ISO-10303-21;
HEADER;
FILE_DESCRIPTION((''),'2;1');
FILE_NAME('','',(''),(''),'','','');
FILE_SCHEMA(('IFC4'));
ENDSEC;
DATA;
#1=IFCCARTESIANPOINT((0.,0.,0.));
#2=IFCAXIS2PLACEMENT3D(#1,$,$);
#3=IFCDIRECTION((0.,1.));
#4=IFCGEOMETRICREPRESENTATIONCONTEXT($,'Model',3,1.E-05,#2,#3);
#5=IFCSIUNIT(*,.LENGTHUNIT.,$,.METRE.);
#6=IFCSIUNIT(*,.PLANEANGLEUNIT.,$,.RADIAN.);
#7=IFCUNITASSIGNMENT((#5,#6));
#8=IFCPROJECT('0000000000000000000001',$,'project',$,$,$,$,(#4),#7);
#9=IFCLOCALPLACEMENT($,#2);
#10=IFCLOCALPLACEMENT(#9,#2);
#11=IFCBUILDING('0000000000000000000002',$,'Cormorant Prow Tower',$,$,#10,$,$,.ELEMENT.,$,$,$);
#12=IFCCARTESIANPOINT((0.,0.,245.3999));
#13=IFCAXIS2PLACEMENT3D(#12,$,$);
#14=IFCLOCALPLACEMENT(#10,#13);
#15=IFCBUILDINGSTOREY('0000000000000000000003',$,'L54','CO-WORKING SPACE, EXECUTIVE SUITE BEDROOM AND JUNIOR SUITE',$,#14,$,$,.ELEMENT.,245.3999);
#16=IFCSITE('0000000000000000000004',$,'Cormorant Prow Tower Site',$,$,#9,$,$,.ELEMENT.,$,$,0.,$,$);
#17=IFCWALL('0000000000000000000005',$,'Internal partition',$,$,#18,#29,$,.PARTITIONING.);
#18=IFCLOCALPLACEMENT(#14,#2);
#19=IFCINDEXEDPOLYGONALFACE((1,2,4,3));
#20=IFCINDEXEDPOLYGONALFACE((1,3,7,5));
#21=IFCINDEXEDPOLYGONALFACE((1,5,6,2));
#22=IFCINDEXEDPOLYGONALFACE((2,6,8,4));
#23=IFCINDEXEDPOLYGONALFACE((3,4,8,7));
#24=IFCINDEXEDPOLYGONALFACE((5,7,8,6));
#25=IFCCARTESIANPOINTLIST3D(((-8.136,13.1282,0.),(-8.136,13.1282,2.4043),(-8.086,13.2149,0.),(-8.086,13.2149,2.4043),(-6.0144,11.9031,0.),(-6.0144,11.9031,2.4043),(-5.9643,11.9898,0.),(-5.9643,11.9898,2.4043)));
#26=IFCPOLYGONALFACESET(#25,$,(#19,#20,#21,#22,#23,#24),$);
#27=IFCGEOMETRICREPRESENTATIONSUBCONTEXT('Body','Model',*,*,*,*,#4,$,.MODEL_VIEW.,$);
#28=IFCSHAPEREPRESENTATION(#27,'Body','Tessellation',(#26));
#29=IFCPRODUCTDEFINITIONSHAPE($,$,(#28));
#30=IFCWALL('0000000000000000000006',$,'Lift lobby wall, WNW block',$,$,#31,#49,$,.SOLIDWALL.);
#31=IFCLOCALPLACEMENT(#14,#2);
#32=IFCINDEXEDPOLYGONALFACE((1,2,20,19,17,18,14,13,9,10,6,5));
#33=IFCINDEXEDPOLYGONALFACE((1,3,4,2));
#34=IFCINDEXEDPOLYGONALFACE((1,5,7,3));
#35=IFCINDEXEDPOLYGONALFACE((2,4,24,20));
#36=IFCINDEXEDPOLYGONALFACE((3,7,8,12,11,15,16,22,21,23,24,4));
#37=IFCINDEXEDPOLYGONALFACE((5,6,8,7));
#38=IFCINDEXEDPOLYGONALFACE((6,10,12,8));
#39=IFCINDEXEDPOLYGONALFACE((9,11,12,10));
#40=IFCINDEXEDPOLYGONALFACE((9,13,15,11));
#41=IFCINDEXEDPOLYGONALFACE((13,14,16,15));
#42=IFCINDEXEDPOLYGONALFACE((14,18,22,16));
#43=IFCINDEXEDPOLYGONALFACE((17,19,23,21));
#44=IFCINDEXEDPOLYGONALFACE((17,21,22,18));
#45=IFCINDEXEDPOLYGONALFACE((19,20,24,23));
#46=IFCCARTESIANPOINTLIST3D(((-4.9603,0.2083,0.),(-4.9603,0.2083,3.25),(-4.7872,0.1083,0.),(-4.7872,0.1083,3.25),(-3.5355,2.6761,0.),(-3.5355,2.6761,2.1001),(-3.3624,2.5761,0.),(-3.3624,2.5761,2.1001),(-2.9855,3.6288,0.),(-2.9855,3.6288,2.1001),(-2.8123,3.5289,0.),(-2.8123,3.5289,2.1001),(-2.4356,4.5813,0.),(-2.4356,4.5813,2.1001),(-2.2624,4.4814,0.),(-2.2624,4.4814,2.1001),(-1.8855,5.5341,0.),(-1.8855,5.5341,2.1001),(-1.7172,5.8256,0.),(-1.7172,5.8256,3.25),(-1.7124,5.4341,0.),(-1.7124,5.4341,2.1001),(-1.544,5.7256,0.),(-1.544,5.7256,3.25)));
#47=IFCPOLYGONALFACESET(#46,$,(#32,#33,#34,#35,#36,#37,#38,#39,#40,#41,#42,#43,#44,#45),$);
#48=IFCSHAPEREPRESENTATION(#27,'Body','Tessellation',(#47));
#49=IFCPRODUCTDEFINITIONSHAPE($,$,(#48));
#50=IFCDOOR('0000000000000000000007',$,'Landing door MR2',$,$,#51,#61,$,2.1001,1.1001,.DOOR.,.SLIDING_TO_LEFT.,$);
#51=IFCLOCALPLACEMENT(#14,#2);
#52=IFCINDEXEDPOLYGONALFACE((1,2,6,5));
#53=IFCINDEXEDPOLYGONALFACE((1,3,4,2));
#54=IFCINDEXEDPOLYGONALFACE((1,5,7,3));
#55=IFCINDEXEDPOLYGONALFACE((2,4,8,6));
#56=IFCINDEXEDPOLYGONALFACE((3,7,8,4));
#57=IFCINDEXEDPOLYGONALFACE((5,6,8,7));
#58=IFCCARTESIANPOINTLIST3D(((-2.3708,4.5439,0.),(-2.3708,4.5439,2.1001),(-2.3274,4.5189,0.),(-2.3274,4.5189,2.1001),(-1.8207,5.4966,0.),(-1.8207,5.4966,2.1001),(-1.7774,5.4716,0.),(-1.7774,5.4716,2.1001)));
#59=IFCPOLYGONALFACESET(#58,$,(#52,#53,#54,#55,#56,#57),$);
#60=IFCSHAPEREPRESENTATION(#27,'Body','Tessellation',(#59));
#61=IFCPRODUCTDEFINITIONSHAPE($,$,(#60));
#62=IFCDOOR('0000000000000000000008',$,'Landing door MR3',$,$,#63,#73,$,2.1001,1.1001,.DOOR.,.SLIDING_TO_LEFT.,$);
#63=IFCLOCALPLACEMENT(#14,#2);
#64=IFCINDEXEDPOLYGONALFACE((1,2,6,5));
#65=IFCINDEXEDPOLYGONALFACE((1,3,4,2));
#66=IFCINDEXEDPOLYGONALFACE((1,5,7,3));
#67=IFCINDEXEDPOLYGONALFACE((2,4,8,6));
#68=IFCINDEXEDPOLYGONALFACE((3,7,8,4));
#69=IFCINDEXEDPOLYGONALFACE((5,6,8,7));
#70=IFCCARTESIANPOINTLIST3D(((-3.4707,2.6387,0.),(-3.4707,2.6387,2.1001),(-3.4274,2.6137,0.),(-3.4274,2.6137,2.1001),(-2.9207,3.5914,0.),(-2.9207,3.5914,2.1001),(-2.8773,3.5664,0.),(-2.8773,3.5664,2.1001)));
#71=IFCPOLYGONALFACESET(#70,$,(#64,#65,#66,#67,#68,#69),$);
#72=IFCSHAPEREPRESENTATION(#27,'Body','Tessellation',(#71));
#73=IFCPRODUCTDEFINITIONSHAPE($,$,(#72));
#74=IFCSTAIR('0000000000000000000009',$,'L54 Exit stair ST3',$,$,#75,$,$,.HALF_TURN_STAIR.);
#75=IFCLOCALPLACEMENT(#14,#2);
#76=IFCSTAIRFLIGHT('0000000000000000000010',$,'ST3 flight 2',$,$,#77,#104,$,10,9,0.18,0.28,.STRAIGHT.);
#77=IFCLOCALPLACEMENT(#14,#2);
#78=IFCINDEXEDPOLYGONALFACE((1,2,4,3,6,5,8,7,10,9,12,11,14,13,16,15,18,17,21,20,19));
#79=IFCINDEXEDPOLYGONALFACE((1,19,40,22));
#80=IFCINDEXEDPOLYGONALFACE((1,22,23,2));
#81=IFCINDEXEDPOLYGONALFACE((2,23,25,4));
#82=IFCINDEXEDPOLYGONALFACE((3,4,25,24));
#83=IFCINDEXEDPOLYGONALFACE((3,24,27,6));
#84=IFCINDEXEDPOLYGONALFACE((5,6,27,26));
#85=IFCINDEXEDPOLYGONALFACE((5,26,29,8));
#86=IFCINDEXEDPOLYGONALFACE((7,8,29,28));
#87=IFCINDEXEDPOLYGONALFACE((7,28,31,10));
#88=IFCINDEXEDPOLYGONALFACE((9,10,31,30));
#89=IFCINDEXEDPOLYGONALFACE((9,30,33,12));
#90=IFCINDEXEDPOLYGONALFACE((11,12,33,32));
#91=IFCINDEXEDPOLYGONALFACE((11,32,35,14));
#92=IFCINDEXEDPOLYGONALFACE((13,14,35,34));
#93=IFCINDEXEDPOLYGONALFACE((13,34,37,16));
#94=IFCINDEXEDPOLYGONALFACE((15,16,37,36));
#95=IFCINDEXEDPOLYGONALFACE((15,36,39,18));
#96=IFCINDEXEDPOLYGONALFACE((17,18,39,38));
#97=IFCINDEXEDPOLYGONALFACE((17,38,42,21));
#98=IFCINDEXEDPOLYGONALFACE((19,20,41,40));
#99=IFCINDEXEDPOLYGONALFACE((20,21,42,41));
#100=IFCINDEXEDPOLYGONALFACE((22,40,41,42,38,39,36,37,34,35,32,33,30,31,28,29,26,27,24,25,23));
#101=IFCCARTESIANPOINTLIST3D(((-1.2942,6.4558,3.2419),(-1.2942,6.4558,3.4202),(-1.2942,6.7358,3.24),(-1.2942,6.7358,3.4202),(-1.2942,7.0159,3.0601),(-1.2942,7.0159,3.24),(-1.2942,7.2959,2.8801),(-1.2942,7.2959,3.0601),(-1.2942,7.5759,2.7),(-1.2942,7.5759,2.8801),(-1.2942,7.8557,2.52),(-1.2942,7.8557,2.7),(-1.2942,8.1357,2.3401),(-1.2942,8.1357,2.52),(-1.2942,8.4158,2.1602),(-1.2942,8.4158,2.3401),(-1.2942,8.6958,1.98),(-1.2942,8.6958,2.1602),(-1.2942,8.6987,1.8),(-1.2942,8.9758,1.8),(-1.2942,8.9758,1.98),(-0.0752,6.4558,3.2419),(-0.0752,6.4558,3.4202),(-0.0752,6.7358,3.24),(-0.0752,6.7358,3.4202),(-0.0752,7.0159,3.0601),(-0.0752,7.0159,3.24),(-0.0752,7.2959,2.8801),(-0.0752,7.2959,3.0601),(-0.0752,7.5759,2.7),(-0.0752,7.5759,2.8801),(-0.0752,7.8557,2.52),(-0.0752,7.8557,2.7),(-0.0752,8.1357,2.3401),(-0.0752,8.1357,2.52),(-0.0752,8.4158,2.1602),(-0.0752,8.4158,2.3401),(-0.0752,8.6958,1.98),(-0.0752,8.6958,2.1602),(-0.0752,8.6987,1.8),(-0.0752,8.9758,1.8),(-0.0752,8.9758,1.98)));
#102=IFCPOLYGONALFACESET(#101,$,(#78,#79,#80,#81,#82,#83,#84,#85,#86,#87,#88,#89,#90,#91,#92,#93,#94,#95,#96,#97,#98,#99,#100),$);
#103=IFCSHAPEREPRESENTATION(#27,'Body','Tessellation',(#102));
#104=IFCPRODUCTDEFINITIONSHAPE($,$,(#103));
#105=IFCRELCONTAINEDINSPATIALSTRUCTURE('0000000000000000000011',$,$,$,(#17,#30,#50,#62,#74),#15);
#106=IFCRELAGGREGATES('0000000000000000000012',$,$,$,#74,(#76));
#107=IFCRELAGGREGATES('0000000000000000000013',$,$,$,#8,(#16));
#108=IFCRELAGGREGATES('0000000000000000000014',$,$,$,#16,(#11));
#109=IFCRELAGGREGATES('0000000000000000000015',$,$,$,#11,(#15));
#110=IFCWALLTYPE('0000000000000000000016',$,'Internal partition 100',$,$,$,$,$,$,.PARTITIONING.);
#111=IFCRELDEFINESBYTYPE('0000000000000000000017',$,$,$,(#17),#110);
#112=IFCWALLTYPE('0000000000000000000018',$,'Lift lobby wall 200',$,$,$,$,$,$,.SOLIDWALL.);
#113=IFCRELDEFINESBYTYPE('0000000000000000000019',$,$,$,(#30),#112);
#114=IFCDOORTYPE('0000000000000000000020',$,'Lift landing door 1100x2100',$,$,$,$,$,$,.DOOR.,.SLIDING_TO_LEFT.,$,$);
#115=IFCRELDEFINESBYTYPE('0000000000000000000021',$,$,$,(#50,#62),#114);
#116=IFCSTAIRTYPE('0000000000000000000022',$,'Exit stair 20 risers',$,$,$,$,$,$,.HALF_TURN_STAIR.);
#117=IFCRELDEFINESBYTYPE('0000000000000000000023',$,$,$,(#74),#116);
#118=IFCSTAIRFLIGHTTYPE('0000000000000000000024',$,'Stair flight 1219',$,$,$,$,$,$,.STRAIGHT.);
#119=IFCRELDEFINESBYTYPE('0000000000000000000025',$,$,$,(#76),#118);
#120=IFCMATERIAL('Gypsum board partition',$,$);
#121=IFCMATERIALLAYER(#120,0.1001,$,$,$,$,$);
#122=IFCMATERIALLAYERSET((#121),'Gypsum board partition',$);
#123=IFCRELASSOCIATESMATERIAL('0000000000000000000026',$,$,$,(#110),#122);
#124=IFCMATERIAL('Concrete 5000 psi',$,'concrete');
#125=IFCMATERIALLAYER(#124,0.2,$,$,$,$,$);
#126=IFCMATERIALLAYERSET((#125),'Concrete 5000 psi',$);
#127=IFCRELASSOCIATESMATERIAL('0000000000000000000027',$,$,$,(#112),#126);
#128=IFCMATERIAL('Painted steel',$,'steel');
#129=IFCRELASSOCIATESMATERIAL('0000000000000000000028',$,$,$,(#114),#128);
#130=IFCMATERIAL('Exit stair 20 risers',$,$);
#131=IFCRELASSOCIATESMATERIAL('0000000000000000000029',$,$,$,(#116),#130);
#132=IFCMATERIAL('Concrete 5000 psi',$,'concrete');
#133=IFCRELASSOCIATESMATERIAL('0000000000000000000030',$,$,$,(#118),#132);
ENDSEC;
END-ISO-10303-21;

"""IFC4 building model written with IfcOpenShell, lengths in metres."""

from ifc_helpers import new_model, si_unit, direction, frame, frame_2d, origin, place, context, subcontext, project, spatial, polyline, rectangle, outline, extrude, material, layer, layer_set, type_object, element, fill, aggregate, save


model = new_model("IFC4")

# Units and contexts
model_context = context("Model", 3, precision=1e-05, world=origin(), true_north=direction((0.0, 1.0)))
body_context = subcontext(model_context, "Body", "Model", "MODEL_VIEW")
ifc_project = project(units=[si_unit("LENGTHUNIT", "METRE"), si_unit("PLANEANGLEUNIT", "RADIAN")], contexts=[model_context])

# Site, building, storey
site_placement = place(None, origin())
site = spatial("IfcSite", under=ifc_project, at=site_placement, Name="Cormorant Prow Tower Site", CompositionType="ELEMENT", RefElevation=0.0)
building_placement = place(site_placement, origin())
building = spatial("IfcBuilding", under=site, at=building_placement, Name="Cormorant Prow Tower", CompositionType="ELEMENT")
storey_placement = place(building_placement, frame((0.0, 0.0, 245.3999)))
storey = spatial("IfcBuildingStorey", under=building, at=storey_placement, Name="L54", Description="CO-WORKING SPACE, EXECUTIVE SUITE BEDROOM AND JUNIOR SUITE", CompositionType="ELEMENT", Elevation=245.3999)

# Shared definitions
ifc_material_1 = material(Name="Gypsum board partition")
ifc_layer_1 = layer(ifc_material_1, 0.1001)
ifc_layer_set_1 = layer_set([ifc_layer_1], Name="Gypsum board partition")
wall_type_1 = type_object("IfcWallType", Name="Internal partition 100", PredefinedType="PARTITIONING", material=ifc_layer_set_1)

# Wall
wall_1_placement = place(storey_placement, frame((-8.1111, 13.1716, 0.0), z_axis=(0.0, 0.0, 1.0), x_axis=(0.86599, -0.500062, 0.0)))
element("IfcWall", 1, at=wall_1_placement, inside=storey, type_object=wall_type_1, Name="Internal partition", PredefinedType="PARTITIONING", context=body_context, shape_type="SweptSolid", body=[
    extrude(rectangle(XDim=2.45, YDim=0.1001, at=frame_2d((1.2251, 0.0))), origin(), (0.0, 0.0, 1.0), 2.4043),
])

# Wall, openings, doors
ifc_material_2 = material(Name="Concrete 5000 psi", Category="concrete")
ifc_layer_2 = layer(ifc_material_2, 0.2)
ifc_layer_set_2 = layer_set([ifc_layer_2], Name="Concrete 5000 psi")
wall_type_2 = type_object("IfcWallType", Name="Lift lobby wall 200", PredefinedType="SOLIDWALL", material=ifc_layer_set_2)
wall_2_placement = place(storey_placement, frame((-1.6306, 5.7756, 0.0), z_axis=(0.0, 0.0, 1.0), x_axis=(-0.499993, -0.86603, 0.0)))
wall_2 = element("IfcWall", 2, at=wall_2_placement, inside=storey, type_object=wall_type_2, Name="Lift lobby wall, WNW block", PredefinedType="SOLIDWALL", context=body_context, shape_type="SweptSolid", body=[
    extrude(rectangle(XDim=6.4863, YDim=0.2, at=frame_2d((3.2432, 0.0))), origin(), (0.0, 0.0, 1.0), 3.25),
])
opening_1_placement = place(wall_2_placement, frame((0.3367, 0.0, 0.0)))
opening_1 = element("IfcOpeningElement", 3, at=opening_1_placement, cuts=wall_2, PredefinedType="OPENING", context=body_context, shape_type="SweptSolid", body=[
    extrude(rectangle(XDim=1.1001, YDim=2.1001, at=frame_2d((0.55, 1.05))), frame((0.0, 0.1099, 0.0), z_axis=(0.0, -1.0, 0.0), x_axis=(1.0, 0.0, 0.0)), (0.0, 0.0, 1.0), 0.22),
])
opening_2_placement = place(wall_2_placement, frame((2.5366, 0.0, 0.0)))
opening_2 = element("IfcOpeningElement", 4, at=opening_2_placement, cuts=wall_2, PredefinedType="OPENING", context=body_context, shape_type="SweptSolid", body=[
    extrude(rectangle(XDim=1.1001, YDim=2.1001, at=frame_2d((0.55, 1.05))), frame((0.0, 0.1099, 0.0), z_axis=(0.0, -1.0, 0.0), x_axis=(1.0, 0.0, 0.0)), (0.0, 0.0, 1.0), 0.22),
])
ifc_material_3 = material(Name="Painted steel", Category="steel")
door_type_1 = type_object("IfcDoorType", Name="Lift landing door 1100x2100", OperationType="SLIDING_TO_LEFT", PredefinedType="DOOR", material=ifc_material_3)
door_1_placement = place(opening_1_placement, origin())
door_1 = element("IfcDoor", 5, at=door_1_placement, inside=storey, type_object=door_type_1, Name="Landing door MR2", OperationType="SLIDING_TO_LEFT", OverallHeight=2.1001, OverallWidth=1.1001, PredefinedType="DOOR", context=body_context, shape_type="SweptSolid", body=[
    extrude(rectangle(XDim=1.1001, YDim=2.1001, at=frame_2d((0.55, 1.05))), frame((0.0, 0.0249, 0.0), z_axis=(0.0, -1.0, 0.0), x_axis=(1.0, 0.0, 0.0)), (0.0, 0.0, 1.0), 0.05),
])
fill(opening_1, door_1)
door_2_placement = place(opening_2_placement, origin())
door_2 = element("IfcDoor", 6, at=door_2_placement, inside=storey, type_object=door_type_1, Name="Landing door MR3", OperationType="SLIDING_TO_LEFT", OverallHeight=2.1001, OverallWidth=1.1001, PredefinedType="DOOR", context=body_context, shape_type="SweptSolid", body=[
    extrude(rectangle(XDim=1.1001, YDim=2.1001, at=frame_2d((0.55, 1.05))), frame((0.0, 0.0249, 0.0), z_axis=(0.0, -1.0, 0.0), x_axis=(1.0, 0.0, 0.0)), (0.0, 0.0, 1.0), 0.05),
])
fill(opening_2, door_2)

# Stair, stair flight
ifc_material_4 = material(Name="Exit stair 20 risers")
stair_type = type_object("IfcStairType", Name="Exit stair 20 risers", PredefinedType="HALF_TURN_STAIR", material=ifc_material_4)
stair_placement = place(storey_placement, origin())
stair = element("IfcStair", 7, at=stair_placement, inside=storey, type_object=stair_type, Name="L54 Exit stair ST3", PredefinedType="HALF_TURN_STAIR")
ifc_material_5 = material(Name="Concrete 5000 psi", Category="concrete")
stair_flight_type = type_object("IfcStairFlightType", Name="Stair flight 1219", PredefinedType="STRAIGHT", material=ifc_material_5)
stair_flight_placement = place(storey_placement, frame((-0.6846, 8.9758, 1.8), z_axis=(0.0, 0.0, 1.0), x_axis=(0.0, -1.0, 0.0)))
stair_flight = element("IfcStairFlight", 8, at=stair_flight_placement, type_object=stair_flight_type, Name="ST3 flight 2", NumberOfRisers=10, NumberOfTreads=9, PredefinedType="STRAIGHT", RiserHeight=0.18, TreadLength=0.28, context=body_context, shape_type="SweptSolid", body=[
    extrude(outline(polyline([(0.0, 0.0), (0.0, 0.1799), (0.28, 0.1799), (0.28, 0.3601), (0.5601, 0.3601), (0.5601, 0.54), (0.8401, 0.54), (0.8401, 0.72), (1.1201, 0.72), (1.1201, 0.8999), (1.3999, 0.8999), (1.3999, 1.0801), (1.6799, 1.0801), (1.6799, 1.26), (1.96, 1.26), (1.96, 1.4399), (2.24, 1.4399), (2.24, 1.6201), (2.52, 1.6201), (2.52, 1.8), (2.52, 1.4419), (0.2771, 0.0), (0.0, 0.0)])), frame((0.0, 0.6094, 0.0), z_axis=(0.0, -1.0, 0.0), x_axis=(1.0, 0.0, 0.0)), (0.0, 0.0, 1.0), 1.219),
])
aggregate(stair, [stair_flight])

save(model, "model.ifc")
